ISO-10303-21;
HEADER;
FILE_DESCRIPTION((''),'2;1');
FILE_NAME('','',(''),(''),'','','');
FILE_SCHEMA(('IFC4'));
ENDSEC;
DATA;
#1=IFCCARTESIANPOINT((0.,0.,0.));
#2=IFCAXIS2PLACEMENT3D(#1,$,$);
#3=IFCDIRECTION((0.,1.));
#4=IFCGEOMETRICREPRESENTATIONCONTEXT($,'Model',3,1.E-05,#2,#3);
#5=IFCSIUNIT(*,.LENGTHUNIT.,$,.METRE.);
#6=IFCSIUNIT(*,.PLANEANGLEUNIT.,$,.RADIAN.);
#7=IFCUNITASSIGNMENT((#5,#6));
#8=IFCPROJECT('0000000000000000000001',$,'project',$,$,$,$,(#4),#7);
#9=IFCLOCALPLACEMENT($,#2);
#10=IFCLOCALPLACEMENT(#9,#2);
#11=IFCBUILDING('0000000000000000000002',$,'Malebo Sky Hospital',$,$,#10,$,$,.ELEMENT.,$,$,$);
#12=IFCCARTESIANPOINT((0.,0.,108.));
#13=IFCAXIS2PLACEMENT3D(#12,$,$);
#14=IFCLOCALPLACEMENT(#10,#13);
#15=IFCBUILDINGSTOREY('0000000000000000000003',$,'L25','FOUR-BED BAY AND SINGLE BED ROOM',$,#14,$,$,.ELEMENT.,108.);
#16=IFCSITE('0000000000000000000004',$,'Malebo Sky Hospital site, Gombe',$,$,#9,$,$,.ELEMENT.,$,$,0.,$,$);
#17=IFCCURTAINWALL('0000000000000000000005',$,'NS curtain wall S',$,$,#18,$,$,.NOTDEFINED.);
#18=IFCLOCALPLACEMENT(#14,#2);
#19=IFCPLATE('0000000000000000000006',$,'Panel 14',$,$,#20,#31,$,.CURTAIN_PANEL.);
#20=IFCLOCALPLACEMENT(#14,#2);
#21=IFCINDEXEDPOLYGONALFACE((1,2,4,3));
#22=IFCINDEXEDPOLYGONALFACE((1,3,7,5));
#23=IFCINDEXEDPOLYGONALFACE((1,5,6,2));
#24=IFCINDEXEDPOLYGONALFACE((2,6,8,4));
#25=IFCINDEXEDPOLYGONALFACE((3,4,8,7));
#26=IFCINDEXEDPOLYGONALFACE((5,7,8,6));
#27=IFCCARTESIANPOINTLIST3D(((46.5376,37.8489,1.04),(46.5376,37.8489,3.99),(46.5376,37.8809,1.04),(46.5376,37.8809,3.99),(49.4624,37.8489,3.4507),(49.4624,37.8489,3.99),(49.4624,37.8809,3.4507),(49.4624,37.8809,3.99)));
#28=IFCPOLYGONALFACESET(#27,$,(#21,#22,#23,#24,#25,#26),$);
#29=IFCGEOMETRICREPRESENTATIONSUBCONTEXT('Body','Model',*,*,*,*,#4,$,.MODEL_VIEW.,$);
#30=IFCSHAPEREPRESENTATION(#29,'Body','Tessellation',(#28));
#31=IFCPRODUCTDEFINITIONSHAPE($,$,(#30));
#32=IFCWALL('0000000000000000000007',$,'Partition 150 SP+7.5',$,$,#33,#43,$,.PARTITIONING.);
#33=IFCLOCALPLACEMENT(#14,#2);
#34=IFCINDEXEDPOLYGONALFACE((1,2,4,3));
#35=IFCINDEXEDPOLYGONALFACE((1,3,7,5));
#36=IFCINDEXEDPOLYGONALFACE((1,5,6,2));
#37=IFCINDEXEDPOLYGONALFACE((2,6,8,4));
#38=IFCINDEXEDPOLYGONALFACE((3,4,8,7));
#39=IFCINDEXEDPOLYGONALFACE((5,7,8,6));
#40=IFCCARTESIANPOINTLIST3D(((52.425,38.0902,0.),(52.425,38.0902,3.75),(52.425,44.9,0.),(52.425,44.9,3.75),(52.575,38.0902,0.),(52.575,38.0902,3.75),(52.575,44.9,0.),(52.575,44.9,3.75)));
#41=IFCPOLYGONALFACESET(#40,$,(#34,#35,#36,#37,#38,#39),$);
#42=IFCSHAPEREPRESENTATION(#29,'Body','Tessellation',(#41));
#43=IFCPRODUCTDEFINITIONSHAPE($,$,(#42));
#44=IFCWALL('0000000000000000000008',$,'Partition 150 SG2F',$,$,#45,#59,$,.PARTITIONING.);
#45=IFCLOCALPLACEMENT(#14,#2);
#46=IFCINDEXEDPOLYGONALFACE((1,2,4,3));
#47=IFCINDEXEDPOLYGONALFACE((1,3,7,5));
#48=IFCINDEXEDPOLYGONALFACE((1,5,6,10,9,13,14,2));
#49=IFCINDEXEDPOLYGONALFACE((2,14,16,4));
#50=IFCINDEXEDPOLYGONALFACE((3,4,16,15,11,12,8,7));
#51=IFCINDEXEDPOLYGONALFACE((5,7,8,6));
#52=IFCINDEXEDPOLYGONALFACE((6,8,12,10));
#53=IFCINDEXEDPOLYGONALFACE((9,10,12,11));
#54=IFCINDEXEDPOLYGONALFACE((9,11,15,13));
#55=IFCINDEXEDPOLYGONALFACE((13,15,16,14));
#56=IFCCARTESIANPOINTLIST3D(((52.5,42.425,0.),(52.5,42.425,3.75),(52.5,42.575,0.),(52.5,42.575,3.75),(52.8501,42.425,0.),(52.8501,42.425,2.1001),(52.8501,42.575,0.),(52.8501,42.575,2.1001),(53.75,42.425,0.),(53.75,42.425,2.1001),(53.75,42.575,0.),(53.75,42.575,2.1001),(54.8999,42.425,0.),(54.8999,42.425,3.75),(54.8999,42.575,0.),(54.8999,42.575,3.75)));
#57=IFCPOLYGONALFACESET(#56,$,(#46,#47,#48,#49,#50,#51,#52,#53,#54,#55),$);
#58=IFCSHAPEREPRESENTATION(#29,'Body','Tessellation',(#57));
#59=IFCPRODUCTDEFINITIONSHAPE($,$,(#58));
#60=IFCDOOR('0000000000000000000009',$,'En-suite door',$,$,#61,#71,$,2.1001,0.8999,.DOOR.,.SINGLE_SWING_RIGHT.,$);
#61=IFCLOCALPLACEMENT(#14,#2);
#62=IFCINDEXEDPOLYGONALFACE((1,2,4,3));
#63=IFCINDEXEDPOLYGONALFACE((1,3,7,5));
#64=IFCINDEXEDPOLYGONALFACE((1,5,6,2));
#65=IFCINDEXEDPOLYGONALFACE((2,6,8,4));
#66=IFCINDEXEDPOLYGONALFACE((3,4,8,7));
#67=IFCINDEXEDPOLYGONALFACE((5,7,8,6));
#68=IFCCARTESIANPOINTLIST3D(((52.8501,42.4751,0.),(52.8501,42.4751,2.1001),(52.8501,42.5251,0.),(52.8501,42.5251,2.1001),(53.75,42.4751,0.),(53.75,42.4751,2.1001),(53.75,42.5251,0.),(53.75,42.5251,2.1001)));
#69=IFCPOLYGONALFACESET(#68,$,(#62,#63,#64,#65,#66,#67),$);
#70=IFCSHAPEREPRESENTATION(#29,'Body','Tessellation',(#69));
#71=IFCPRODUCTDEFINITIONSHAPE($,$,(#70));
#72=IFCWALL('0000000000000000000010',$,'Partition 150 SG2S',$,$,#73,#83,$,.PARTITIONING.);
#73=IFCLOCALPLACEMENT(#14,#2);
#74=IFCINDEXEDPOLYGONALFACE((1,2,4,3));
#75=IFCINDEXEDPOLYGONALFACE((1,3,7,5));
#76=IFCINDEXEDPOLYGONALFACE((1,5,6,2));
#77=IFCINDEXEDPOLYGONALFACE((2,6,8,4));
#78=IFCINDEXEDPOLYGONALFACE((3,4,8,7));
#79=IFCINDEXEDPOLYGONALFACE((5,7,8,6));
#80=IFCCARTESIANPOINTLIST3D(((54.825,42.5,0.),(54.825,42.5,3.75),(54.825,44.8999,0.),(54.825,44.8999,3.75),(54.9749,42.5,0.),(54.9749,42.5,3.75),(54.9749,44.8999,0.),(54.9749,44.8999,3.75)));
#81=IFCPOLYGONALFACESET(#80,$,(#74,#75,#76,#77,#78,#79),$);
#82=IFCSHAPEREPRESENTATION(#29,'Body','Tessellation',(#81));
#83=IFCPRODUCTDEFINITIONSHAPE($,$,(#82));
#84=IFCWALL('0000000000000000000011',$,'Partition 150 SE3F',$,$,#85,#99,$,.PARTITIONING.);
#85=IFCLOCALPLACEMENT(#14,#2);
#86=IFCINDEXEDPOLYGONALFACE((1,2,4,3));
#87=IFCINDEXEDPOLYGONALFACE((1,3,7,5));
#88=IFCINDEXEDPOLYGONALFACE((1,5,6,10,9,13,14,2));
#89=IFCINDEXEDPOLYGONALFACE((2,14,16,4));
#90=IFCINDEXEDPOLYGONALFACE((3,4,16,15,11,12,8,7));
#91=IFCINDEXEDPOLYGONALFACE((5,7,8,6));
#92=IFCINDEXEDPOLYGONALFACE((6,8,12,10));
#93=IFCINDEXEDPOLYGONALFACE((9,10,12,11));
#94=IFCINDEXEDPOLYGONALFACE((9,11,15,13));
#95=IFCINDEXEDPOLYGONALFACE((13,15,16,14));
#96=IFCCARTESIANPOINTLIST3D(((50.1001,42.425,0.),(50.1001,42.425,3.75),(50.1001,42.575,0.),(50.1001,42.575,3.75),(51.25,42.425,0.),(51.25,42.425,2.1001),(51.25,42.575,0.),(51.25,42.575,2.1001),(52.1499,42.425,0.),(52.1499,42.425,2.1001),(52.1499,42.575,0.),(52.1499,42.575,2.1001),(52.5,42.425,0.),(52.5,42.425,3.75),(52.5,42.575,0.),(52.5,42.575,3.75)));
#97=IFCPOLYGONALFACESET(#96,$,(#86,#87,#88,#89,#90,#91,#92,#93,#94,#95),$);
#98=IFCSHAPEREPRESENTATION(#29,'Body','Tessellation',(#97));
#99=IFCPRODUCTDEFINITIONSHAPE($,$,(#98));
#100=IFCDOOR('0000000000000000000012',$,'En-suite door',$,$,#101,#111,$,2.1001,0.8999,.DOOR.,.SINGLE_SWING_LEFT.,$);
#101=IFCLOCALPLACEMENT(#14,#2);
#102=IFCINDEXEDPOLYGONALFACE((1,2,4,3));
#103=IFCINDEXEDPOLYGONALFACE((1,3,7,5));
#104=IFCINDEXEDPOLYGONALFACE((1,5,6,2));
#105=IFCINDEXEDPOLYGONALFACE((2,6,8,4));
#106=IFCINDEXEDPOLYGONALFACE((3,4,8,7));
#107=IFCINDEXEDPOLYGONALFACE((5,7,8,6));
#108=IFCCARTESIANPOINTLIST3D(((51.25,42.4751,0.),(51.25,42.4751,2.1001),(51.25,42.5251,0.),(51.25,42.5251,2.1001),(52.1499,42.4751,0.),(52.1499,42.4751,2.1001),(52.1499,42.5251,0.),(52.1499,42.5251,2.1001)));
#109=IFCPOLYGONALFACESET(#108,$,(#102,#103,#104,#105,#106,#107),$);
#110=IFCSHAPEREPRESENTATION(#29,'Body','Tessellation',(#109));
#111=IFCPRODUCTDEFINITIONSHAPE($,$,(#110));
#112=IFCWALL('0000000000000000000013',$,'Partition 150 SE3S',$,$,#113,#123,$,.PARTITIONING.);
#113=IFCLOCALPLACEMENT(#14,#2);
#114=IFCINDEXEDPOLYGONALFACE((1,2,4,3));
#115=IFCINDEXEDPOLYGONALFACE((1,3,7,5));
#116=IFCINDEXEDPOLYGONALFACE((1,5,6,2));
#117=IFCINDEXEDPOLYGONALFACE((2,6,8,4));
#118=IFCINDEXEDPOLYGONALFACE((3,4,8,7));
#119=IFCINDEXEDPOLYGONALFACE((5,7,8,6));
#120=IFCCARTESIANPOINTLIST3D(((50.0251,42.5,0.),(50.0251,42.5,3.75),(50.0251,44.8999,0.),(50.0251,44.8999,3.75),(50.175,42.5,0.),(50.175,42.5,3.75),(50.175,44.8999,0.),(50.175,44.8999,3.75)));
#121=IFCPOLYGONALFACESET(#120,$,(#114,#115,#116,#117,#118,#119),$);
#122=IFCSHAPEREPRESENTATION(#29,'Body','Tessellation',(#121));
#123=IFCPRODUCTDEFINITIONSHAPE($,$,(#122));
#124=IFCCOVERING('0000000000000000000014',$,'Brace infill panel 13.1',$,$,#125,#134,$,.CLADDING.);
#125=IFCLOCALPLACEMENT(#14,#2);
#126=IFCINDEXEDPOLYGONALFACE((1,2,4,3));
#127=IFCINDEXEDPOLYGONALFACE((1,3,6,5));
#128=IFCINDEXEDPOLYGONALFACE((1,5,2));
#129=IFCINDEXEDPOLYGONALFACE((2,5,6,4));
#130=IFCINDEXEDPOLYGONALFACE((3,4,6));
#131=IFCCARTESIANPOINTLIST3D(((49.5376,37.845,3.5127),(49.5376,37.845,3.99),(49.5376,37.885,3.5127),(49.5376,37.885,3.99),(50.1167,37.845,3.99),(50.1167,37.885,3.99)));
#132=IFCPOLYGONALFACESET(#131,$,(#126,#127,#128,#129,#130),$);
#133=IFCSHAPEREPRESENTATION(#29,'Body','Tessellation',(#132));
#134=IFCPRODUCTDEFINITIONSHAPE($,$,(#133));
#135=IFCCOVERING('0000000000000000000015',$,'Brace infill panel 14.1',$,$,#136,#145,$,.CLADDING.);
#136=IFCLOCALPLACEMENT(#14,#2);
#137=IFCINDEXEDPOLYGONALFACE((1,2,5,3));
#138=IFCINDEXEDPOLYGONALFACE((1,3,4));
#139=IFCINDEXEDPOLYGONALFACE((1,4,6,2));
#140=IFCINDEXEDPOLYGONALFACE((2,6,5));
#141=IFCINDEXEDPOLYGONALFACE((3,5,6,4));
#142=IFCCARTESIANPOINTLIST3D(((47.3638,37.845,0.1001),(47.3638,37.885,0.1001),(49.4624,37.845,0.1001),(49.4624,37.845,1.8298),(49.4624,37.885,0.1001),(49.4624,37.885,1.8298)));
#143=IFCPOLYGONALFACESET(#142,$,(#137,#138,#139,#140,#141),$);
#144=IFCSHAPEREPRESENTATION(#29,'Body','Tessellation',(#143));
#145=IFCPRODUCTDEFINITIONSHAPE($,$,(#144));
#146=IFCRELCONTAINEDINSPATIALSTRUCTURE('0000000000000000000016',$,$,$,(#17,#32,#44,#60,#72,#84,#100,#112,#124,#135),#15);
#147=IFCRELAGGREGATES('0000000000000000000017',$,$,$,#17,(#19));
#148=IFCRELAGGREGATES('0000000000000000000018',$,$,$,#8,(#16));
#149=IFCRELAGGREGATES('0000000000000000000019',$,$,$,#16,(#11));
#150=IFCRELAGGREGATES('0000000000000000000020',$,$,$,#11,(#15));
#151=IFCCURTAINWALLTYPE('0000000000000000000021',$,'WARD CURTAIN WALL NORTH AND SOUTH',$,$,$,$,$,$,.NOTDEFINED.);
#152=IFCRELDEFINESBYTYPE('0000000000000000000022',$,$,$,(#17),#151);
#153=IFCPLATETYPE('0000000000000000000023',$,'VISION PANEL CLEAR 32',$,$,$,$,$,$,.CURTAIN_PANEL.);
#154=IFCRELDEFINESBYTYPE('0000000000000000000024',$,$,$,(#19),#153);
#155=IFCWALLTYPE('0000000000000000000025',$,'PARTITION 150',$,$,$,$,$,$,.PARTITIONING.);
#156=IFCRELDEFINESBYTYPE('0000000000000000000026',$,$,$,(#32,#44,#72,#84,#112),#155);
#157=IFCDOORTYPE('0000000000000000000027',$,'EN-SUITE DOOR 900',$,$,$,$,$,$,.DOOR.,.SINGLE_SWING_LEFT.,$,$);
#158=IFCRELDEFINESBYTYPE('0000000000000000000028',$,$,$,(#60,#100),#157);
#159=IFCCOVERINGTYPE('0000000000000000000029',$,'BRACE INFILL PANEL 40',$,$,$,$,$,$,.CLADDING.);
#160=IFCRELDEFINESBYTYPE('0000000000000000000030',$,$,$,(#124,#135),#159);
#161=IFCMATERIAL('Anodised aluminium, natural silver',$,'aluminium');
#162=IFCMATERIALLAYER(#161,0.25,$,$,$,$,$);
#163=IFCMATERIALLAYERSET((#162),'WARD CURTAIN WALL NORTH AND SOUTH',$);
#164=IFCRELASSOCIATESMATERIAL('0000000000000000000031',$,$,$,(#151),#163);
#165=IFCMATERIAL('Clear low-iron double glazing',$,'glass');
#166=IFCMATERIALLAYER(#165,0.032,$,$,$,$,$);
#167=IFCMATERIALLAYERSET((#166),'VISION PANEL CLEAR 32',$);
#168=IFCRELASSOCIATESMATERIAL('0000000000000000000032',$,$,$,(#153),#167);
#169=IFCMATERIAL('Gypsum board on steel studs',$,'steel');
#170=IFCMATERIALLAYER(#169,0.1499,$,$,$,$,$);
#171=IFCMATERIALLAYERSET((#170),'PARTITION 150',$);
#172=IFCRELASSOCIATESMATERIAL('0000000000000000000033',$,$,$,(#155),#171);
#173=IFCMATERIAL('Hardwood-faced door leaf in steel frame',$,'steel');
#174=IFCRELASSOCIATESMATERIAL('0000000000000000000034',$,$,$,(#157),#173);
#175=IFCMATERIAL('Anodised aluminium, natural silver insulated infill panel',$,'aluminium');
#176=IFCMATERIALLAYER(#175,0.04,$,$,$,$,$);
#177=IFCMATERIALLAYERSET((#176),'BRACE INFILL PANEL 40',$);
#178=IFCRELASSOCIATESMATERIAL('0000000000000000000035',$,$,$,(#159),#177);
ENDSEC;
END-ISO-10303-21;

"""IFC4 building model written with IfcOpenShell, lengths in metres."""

from ifc_helpers import new_model, si_unit, direction, frame, frame_2d, origin, place, context, subcontext, project, spatial, polyline, rectangle, outline, extrude, material, layer, layer_set, type_object, element, fill, aggregate, save


model = new_model("IFC4")

# Units and contexts
model_context = context("Model", 3, precision=1e-05, world=origin(), true_north=direction((0.0, 1.0)))
body_context = subcontext(model_context, "Body", "Model", "MODEL_VIEW")
ifc_project = project(units=[si_unit("LENGTHUNIT", "METRE"), si_unit("PLANEANGLEUNIT", "RADIAN")], contexts=[model_context])

# Site, building, storey
site_placement = place(None, origin())
site = spatial("IfcSite", under=ifc_project, at=site_placement, Name="Malebo Sky Hospital site, Gombe", CompositionType="ELEMENT", RefElevation=0.0)
building_placement = place(site_placement, origin())
building = spatial("IfcBuilding", under=site, at=building_placement, Name="Malebo Sky Hospital", CompositionType="ELEMENT")
storey_placement = place(building_placement, frame((0.0, 0.0, 108.0)))
storey = spatial("IfcBuildingStorey", under=building, at=storey_placement, Name="L25", Description="FOUR-BED BAY AND SINGLE BED ROOM", CompositionType="ELEMENT", Elevation=108.0)

# Curtain wall
ifc_material_1 = material(Name="Anodised aluminium, natural silver", Category="aluminium")
ifc_layer_1 = layer(ifc_material_1, 0.25)
ifc_layer_set_1 = layer_set([ifc_layer_1], Name="WARD CURTAIN WALL NORTH AND SOUTH")
curtain_wall_type = type_object("IfcCurtainWallType", Name="WARD CURTAIN WALL NORTH AND SOUTH", PredefinedType="NOTDEFINED", material=ifc_layer_set_1)
curtain_wall_placement = place(storey_placement, origin())
curtain_wall = element("IfcCurtainWall", 1, at=curtain_wall_placement, inside=storey, type_object=curtain_wall_type, Name="NS curtain wall S", PredefinedType="NOTDEFINED")

# Plate
ifc_material_2 = material(Name="Clear low-iron double glazing", Category="glass")
ifc_layer_2 = layer(ifc_material_2, 0.032)
ifc_layer_set_2 = layer_set([ifc_layer_2], Name="VISION PANEL CLEAR 32")
plate_type = type_object("IfcPlateType", Name="VISION PANEL CLEAR 32", PredefinedType="CURTAIN_PANEL", material=ifc_layer_set_2)
plate_1_placement = place(storey_placement, frame((48.0, 37.865, 1.04), z_axis=(0.0, 0.0, 1.0), x_axis=(-1.0, 0.0, 0.0)))
plate_1 = element("IfcPlate", 2, at=plate_1_placement, type_object=plate_type, Name="Panel 14", PredefinedType="CURTAIN_PANEL", context=body_context, shape_type="SweptSolid", body=[
    extrude(outline(polyline([(1.4624, 0.0), (1.4624, 2.95), (-1.4624, 2.95), (-1.4624, 2.4106), (1.4624, 0.0)])), frame((0.0, 0.0161, 0.0), z_axis=(0.0, -1.0, 0.0), x_axis=(1.0, 0.0, 0.0)), (0.0, 0.0, 1.0), 0.032),
])
aggregate(curtain_wall, [plate_1])

# Wall
ifc_material_3 = material(Name="Gypsum board on steel studs", Category="steel")
ifc_layer_3 = layer(ifc_material_3, 0.1499)
ifc_layer_set_3 = layer_set([ifc_layer_3], Name="PARTITION 150")
wall_type = type_object("IfcWallType", Name="PARTITION 150", PredefinedType="PARTITIONING", material=ifc_layer_set_3)
wall_1_placement = place(storey_placement, frame((52.5, 44.8999, 0.0), z_axis=(0.0, 0.0, 1.0), x_axis=(0.0, -1.0, 0.0)))
element("IfcWall", 3, at=wall_1_placement, inside=storey, type_object=wall_type, Name="Partition 150 SP+7.5", PredefinedType="PARTITIONING", context=body_context, shape_type="SweptSolid", body=[
    extrude(rectangle(XDim=6.8098, YDim=0.1499, at=frame_2d((3.4048, 0.0))), origin(), (0.0, 0.0, 1.0), 3.75),
])

# Wall, opening, door
wall_2_placement = place(storey_placement, frame((54.8999, 42.5, 0.0), z_axis=(0.0, 0.0, 1.0), x_axis=(-1.0, 0.0, 0.0)))
wall_2 = element("IfcWall", 4, at=wall_2_placement, inside=storey, type_object=wall_type, Name="Partition 150 SG2F", PredefinedType="PARTITIONING", context=body_context, shape_type="SweptSolid", body=[
    extrude(rectangle(XDim=2.3999, YDim=0.1499, at=frame_2d((1.2, 0.0))), origin(), (0.0, 0.0, 1.0), 3.75),
])
opening_1_placement = place(wall_2_placement, frame((1.1499, 0.0, 0.0)))
opening_1 = element("IfcOpeningElement", 5, at=opening_1_placement, cuts=wall_2, PredefinedType="OPENING", context=body_context, shape_type="SweptSolid", body=[
    extrude(rectangle(XDim=0.8999, YDim=2.1001, at=frame_2d((0.45, 1.05))), frame((0.0, 0.085, 0.0), z_axis=(0.0, -1.0, 0.0), x_axis=(1.0, 0.0, 0.0)), (0.0, 0.0, 1.0), 0.1699),
])
ifc_material_4 = material(Name="Hardwood-faced door leaf in steel frame", Category="steel")
door_type = type_object("IfcDoorType", Name="EN-SUITE DOOR 900", OperationType="SINGLE_SWING_LEFT", PredefinedType="DOOR", material=ifc_material_4)
door_1_placement = place(opening_1_placement, origin())
door_1 = element("IfcDoor", 6, at=door_1_placement, inside=storey, type_object=door_type, Name="En-suite door", OperationType="SINGLE_SWING_RIGHT", OverallHeight=2.1001, OverallWidth=0.8999, PredefinedType="DOOR", context=body_context, shape_type="SweptSolid", body=[
    extrude(rectangle(XDim=0.8999, YDim=2.1001, at=frame_2d((0.45, 1.05))), frame((0.0, 0.0249, 0.0), z_axis=(0.0, -1.0, 0.0), x_axis=(1.0, 0.0, 0.0)), (0.0, 0.0, 1.0), 0.05),
])
fill(opening_1, door_1)

# Wall
wall_3_placement = place(storey_placement, frame((54.8999, 44.8999, 0.0), z_axis=(0.0, 0.0, 1.0), x_axis=(0.0, -1.0, 0.0)))
element("IfcWall", 7, at=wall_3_placement, inside=storey, type_object=wall_type, Name="Partition 150 SG2S", PredefinedType="PARTITIONING", context=body_context, shape_type="SweptSolid", body=[
    extrude(rectangle(XDim=2.3999, YDim=0.1499, at=frame_2d((1.2, 0.0))), origin(), (0.0, 0.0, 1.0), 3.75),
])

# Wall, opening, door
wall_4_placement = place(storey_placement, frame((52.5, 42.5, 0.0), z_axis=(0.0, 0.0, 1.0), x_axis=(-1.0, 0.0, 0.0)))
wall_4 = element("IfcWall", 8, at=wall_4_placement, inside=storey, type_object=wall_type, Name="Partition 150 SE3F", PredefinedType="PARTITIONING", context=body_context, shape_type="SweptSolid", body=[
    extrude(rectangle(XDim=2.3999, YDim=0.1499, at=frame_2d((1.2, 0.0))), origin(), (0.0, 0.0, 1.0), 3.75),
])
opening_2_placement = place(wall_4_placement, frame((0.3501, 0.0, 0.0)))
opening_2 = element("IfcOpeningElement", 9, at=opening_2_placement, cuts=wall_4, PredefinedType="OPENING", context=body_context, shape_type="SweptSolid", body=[
    extrude(rectangle(XDim=0.8999, YDim=2.1001, at=frame_2d((0.45, 1.05))), frame((0.0, 0.085, 0.0), z_axis=(0.0, -1.0, 0.0), x_axis=(1.0, 0.0, 0.0)), (0.0, 0.0, 1.0), 0.1699),
])
door_2_placement = place(opening_2_placement, origin())
door_2 = element("IfcDoor", 10, at=door_2_placement, inside=storey, type_object=door_type, Name="En-suite door", OperationType="SINGLE_SWING_LEFT", OverallHeight=2.1001, OverallWidth=0.8999, PredefinedType="DOOR", context=body_context, shape_type="SweptSolid", body=[
    extrude(rectangle(XDim=0.8999, YDim=2.1001, at=frame_2d((0.45, 1.05))), frame((0.0, 0.0249, 0.0), z_axis=(0.0, -1.0, 0.0), x_axis=(1.0, 0.0, 0.0)), (0.0, 0.0, 1.0), 0.05),
])
fill(opening_2, door_2)

# Wall
wall_5_placement = place(storey_placement, frame((50.1001, 44.8999, 0.0), z_axis=(0.0, 0.0, 1.0), x_axis=(0.0, -1.0, 0.0)))
element("IfcWall", 11, at=wall_5_placement, inside=storey, type_object=wall_type, Name="Partition 150 SE3S", PredefinedType="PARTITIONING", context=body_context, shape_type="SweptSolid", body=[
    extrude(rectangle(XDim=2.3999, YDim=0.1499, at=frame_2d((1.2, 0.0))), origin(), (0.0, 0.0, 1.0), 3.75),
])

# Coverings
ifc_material_5 = material(Name="Anodised aluminium, natural silver insulated infill panel", Category="aluminium")
ifc_layer_4 = layer(ifc_material_5, 0.04)
ifc_layer_set_4 = layer_set([ifc_layer_4], Name="BRACE INFILL PANEL 40")
covering_type = type_object("IfcCoveringType", Name="BRACE INFILL PANEL 40", PredefinedType="CLADDING", material=ifc_layer_set_4)
covering_1_placement = place(storey_placement, frame((49.8271, 37.865, 3.5127), z_axis=(0.0, 0.0, 1.0), x_axis=(-1.0, 0.0, 0.0)))
element("IfcCovering", 12, at=covering_1_placement, inside=storey, type_object=covering_type, Name="Brace infill panel 13.1", PredefinedType="CLADDING", context=body_context, shape_type="SweptSolid", body=[
    extrude(outline(polyline([(0.2896, 0.0), (0.2896, 0.4773), (-0.2896, 0.4773), (0.2896, 0.0)])), frame((0.0, 0.02, 0.0), z_axis=(0.0, -1.0, 0.0), x_axis=(1.0, 0.0, 0.0)), (0.0, 0.0, 1.0), 0.04),
])
covering_2_placement = place(storey_placement, frame((48.4131, 37.865, 0.1001), z_axis=(0.0, 0.0, 1.0), x_axis=(-1.0, 0.0, 0.0)))
element("IfcCovering", 13, at=covering_2_placement, inside=storey, type_object=covering_type, Name="Brace infill panel 14.1", PredefinedType="CLADDING", context=body_context, shape_type="SweptSolid", body=[
    extrude(outline(polyline([(-1.0493, 0.0), (1.0493, 0.0), (-1.0493, 1.7297), (-1.0493, 0.0)])), frame((0.0, 0.02, 0.0), z_axis=(0.0, -1.0, 0.0), x_axis=(1.0, 0.0, 0.0)), (0.0, 0.0, 1.0), 0.04),
])

save(model, "model.ifc")
